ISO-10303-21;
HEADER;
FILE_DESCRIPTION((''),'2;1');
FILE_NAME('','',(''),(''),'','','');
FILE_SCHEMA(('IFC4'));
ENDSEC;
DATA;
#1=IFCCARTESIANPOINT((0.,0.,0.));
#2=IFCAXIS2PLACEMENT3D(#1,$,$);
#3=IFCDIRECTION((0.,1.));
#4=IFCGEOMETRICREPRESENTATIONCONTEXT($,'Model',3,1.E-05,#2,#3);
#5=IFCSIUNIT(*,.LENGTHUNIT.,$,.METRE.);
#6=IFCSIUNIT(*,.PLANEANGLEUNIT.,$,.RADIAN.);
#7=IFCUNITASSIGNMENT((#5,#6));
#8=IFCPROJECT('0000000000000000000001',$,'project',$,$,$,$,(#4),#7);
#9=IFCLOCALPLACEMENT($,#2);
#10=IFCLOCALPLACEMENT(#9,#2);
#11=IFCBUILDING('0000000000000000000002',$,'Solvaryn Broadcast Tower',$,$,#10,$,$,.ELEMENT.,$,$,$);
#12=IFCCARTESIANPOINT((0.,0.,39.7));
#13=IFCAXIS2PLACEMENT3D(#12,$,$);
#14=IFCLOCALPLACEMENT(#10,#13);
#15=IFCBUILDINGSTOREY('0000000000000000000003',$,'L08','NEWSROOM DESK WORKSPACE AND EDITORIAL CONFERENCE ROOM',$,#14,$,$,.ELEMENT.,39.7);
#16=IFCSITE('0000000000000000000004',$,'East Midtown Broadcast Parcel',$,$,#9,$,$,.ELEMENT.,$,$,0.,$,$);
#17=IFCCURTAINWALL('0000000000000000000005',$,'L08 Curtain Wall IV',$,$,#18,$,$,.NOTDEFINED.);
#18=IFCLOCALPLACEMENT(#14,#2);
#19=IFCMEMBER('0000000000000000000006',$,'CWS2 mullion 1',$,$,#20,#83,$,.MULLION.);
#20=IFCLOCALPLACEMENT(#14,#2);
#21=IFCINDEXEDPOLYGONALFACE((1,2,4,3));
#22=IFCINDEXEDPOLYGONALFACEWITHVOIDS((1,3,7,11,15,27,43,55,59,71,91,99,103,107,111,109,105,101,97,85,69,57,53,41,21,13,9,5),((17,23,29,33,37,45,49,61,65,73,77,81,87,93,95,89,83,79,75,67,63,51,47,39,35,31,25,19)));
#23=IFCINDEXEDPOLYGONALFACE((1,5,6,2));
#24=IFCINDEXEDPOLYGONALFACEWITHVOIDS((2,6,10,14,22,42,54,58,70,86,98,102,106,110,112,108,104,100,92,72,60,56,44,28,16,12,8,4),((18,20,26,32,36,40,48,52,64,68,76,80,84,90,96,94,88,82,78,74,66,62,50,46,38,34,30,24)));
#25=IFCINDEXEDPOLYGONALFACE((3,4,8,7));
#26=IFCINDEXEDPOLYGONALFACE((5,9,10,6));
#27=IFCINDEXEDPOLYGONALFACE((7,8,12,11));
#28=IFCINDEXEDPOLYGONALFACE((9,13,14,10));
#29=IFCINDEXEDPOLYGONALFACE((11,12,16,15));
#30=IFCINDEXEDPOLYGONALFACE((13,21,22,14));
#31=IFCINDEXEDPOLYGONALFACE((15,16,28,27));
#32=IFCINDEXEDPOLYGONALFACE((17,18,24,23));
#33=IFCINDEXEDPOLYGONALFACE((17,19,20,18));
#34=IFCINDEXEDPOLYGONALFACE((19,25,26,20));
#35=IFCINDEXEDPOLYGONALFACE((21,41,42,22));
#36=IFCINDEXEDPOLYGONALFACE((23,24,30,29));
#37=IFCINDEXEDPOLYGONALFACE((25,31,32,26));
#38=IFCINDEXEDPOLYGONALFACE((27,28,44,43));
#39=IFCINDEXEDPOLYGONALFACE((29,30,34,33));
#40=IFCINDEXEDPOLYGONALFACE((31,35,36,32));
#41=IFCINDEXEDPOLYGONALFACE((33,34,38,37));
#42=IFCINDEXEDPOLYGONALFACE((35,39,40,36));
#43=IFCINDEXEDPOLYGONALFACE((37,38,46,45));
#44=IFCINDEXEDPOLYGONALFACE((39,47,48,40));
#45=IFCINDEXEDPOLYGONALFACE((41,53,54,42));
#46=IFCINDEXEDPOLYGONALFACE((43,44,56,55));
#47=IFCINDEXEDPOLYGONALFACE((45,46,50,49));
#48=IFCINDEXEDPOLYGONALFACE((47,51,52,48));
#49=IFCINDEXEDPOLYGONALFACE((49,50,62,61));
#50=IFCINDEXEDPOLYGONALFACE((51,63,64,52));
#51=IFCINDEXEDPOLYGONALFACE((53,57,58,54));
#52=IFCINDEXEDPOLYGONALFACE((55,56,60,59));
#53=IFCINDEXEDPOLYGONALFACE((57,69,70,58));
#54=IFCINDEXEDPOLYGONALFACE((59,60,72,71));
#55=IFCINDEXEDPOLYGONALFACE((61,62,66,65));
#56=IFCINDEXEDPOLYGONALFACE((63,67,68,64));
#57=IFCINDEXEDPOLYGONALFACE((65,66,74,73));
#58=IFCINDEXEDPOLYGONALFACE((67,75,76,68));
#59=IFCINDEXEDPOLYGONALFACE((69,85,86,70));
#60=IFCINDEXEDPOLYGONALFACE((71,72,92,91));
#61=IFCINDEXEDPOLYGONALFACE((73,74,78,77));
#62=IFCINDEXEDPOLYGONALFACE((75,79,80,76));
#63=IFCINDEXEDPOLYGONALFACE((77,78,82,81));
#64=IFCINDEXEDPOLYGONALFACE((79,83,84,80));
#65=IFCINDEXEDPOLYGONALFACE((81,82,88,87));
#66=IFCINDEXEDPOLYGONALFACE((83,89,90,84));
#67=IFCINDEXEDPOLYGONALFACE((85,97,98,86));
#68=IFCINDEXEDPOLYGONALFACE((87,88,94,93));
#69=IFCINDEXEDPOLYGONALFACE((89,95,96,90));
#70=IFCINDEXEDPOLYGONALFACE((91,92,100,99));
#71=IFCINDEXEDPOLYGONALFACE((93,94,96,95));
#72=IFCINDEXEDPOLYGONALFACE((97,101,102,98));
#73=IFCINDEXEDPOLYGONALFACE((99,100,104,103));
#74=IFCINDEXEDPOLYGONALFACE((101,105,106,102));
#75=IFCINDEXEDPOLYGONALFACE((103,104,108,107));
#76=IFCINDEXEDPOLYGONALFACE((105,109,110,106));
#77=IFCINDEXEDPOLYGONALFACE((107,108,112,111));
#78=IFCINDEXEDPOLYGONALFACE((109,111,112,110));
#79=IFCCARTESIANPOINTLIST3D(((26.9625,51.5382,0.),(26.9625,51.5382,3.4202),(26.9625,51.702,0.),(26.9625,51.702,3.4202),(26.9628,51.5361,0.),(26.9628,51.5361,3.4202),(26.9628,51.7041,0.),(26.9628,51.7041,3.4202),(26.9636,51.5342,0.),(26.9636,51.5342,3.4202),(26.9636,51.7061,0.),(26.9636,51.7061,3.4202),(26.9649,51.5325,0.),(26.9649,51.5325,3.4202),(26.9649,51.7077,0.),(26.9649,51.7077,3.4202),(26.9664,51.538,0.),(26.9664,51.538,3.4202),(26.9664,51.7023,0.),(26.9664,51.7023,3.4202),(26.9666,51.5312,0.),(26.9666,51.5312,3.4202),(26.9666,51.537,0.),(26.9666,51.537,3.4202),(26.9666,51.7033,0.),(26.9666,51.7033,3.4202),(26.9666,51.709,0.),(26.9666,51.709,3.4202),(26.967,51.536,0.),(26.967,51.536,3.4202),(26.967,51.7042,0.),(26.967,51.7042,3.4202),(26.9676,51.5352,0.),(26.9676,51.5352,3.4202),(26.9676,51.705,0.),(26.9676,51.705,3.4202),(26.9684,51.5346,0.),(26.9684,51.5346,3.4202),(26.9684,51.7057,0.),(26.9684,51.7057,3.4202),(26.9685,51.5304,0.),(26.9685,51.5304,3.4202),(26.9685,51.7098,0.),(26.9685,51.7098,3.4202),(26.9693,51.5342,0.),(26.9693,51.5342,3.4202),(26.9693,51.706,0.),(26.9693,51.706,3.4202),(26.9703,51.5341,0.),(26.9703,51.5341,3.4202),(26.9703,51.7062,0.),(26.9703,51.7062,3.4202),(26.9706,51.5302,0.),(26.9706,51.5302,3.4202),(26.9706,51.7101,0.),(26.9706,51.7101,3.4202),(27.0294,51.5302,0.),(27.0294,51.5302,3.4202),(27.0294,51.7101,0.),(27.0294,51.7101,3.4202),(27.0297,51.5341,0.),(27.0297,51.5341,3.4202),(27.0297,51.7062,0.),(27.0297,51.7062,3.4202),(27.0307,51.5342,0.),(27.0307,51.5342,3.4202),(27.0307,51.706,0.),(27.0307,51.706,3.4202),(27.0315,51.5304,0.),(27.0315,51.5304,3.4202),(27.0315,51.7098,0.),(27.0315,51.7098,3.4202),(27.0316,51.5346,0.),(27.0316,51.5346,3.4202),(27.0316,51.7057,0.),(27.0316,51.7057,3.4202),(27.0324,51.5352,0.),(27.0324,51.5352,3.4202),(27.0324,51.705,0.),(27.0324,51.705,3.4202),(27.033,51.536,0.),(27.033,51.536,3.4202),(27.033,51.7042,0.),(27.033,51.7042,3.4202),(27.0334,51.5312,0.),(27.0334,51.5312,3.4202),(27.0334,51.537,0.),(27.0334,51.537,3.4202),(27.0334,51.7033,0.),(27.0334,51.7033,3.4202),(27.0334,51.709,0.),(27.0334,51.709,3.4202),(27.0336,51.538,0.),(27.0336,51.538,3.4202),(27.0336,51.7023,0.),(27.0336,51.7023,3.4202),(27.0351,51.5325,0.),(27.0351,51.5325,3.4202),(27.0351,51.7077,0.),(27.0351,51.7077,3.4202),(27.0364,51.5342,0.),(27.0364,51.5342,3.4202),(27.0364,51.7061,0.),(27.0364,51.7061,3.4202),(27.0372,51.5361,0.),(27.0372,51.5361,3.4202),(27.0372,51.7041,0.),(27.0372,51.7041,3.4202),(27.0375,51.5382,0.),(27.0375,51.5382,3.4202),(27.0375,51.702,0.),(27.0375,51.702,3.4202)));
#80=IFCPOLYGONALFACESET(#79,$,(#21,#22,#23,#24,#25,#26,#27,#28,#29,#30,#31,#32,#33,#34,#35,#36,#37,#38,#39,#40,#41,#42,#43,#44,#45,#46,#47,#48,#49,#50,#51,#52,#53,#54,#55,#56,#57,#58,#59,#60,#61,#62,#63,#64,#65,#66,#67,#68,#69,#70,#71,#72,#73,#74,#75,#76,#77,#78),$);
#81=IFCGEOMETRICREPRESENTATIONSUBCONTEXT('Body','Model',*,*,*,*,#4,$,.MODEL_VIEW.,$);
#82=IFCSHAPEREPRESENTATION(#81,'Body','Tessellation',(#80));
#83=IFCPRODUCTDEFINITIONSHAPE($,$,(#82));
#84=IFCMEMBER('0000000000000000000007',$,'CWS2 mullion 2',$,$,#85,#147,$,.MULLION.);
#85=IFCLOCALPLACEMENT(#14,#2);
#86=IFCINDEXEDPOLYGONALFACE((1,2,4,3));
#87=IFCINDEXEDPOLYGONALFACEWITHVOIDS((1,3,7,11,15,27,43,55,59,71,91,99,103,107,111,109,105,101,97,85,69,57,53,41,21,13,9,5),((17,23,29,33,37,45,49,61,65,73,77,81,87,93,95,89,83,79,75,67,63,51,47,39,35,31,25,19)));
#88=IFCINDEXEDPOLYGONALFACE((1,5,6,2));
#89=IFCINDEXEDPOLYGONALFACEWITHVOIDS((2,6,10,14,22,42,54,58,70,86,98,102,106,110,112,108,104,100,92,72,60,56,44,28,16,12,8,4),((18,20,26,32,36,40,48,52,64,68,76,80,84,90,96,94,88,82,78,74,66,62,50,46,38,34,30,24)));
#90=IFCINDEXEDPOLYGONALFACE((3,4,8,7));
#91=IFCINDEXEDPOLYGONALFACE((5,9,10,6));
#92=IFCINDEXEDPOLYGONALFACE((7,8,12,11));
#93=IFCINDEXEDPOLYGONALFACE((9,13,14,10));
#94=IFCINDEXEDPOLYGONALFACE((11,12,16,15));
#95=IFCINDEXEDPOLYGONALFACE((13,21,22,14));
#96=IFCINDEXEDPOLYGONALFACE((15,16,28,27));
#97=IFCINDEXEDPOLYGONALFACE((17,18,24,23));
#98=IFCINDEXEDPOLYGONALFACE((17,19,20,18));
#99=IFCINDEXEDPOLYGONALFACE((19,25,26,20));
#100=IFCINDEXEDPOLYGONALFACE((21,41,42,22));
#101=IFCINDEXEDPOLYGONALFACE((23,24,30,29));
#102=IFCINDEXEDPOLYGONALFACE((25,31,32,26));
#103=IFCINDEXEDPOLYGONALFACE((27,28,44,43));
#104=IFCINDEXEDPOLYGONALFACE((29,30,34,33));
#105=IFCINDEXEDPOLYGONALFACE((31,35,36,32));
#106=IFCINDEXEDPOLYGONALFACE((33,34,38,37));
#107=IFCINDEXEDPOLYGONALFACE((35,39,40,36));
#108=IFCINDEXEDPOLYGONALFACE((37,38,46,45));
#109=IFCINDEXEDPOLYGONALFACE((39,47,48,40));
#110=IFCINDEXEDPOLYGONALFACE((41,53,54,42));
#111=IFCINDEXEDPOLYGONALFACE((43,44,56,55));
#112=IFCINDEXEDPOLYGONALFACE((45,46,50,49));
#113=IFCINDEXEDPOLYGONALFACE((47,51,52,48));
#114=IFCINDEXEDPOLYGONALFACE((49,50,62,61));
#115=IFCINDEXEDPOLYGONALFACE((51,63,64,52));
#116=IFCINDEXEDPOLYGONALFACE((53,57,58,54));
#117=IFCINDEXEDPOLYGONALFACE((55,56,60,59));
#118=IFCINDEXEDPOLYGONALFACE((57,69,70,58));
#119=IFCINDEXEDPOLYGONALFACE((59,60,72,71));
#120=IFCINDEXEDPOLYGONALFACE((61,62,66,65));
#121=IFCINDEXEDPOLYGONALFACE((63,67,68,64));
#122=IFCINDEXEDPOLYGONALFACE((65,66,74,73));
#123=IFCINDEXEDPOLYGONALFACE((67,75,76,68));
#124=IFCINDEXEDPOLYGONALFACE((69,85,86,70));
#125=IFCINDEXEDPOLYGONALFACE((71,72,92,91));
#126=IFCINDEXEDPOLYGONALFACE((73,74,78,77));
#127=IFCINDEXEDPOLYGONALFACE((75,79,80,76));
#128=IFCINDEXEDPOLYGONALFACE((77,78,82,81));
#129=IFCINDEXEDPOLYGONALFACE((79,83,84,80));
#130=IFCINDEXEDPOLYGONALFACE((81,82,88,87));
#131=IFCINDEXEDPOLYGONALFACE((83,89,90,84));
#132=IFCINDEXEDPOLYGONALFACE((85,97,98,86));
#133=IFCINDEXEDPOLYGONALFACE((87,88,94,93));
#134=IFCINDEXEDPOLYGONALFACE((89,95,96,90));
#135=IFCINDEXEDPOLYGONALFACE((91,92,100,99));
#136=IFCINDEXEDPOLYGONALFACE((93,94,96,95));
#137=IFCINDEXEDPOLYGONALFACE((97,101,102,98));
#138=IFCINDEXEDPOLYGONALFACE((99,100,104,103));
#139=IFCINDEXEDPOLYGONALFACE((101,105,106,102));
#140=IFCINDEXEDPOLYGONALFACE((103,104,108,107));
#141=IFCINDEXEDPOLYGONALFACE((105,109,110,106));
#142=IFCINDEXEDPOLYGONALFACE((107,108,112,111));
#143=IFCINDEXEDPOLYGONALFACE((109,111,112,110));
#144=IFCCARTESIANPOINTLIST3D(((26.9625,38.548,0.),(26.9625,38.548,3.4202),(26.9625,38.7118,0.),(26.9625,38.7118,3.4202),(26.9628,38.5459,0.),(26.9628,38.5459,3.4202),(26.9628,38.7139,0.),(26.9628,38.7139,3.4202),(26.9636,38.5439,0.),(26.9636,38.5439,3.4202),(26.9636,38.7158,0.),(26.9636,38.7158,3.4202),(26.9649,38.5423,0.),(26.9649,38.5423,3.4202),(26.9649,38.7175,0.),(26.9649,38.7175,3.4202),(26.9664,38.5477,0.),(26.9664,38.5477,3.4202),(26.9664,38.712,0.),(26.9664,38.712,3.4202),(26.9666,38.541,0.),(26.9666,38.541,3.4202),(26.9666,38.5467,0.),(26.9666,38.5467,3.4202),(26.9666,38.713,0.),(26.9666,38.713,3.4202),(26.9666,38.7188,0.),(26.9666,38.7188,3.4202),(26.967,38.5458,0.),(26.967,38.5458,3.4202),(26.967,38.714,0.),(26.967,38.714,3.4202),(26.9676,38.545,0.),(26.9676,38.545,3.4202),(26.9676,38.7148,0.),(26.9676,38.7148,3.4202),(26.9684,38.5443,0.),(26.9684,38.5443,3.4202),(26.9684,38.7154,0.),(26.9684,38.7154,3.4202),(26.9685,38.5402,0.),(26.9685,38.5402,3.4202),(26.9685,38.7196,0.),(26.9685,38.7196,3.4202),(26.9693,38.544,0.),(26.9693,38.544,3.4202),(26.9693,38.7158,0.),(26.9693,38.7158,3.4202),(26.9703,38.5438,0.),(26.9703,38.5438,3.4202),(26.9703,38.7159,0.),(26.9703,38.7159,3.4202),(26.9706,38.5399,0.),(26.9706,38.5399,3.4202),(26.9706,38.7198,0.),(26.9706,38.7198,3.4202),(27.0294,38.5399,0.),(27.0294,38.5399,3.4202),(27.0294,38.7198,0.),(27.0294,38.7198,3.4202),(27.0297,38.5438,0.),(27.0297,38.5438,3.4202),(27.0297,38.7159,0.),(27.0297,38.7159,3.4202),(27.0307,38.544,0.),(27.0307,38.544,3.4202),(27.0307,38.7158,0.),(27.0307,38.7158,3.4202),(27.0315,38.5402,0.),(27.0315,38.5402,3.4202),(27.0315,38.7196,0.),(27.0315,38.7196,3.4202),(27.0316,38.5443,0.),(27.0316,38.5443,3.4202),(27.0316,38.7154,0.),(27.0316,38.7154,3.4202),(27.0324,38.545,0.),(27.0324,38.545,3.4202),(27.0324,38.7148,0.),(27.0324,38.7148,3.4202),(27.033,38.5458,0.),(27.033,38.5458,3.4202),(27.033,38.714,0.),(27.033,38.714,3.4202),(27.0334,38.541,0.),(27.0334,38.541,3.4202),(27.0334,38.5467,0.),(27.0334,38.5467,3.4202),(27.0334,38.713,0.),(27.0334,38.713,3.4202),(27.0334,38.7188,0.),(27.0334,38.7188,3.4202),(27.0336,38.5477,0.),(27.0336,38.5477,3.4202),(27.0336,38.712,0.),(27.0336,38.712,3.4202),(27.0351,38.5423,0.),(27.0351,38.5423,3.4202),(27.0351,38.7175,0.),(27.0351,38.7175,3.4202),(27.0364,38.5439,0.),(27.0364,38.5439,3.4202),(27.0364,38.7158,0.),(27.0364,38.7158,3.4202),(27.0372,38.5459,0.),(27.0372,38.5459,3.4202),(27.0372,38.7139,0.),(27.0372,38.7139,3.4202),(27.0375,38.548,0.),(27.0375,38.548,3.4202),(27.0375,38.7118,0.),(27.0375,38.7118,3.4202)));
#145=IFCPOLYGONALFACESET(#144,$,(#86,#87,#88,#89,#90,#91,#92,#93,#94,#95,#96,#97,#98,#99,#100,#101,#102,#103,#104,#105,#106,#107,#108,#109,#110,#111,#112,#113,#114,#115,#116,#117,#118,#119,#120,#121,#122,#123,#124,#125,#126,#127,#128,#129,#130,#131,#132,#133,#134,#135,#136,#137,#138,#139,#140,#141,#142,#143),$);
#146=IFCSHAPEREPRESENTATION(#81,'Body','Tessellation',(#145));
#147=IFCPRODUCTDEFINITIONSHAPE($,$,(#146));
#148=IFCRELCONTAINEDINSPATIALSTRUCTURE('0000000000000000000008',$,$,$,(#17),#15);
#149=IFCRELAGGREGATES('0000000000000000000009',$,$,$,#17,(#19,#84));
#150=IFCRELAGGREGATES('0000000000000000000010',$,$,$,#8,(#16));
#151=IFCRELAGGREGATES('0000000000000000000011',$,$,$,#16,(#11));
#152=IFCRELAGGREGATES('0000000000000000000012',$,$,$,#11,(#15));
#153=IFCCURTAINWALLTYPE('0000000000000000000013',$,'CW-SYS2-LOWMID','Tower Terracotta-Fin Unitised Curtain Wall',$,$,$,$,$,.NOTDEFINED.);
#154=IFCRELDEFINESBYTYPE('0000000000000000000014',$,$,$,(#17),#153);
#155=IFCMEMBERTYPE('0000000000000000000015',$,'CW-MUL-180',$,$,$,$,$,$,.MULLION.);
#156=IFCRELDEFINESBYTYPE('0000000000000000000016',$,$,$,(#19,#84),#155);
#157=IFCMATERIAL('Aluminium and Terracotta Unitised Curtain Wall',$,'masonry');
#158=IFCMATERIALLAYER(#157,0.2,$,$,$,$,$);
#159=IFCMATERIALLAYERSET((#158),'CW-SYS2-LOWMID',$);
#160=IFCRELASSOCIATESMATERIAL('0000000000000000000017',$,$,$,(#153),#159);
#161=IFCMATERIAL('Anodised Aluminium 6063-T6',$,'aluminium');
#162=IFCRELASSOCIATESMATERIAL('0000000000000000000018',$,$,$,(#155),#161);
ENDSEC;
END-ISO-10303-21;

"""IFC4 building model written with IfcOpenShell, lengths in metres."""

from ifc_helpers import new_model, si_unit, direction, frame, origin, origin_2d, place, context, subcontext, project, spatial, hollow_rectangle, extrude, material, layer, layer_set, material_profile, profile_set, type_object, element, aggregate, save


model = new_model("IFC4")

# Units and contexts
model_context = context("Model", 3, precision=1e-05, world=origin(), true_north=direction((0.0, 1.0)))
body_context = subcontext(model_context, "Body", "Model", "MODEL_VIEW")
ifc_project = project(units=[si_unit("LENGTHUNIT", "METRE"), si_unit("PLANEANGLEUNIT", "RADIAN")], contexts=[model_context])

# Site, building, storey
site_placement = place(None, origin())
site = spatial("IfcSite", under=ifc_project, at=site_placement, Name="East Midtown Broadcast Parcel", CompositionType="ELEMENT", RefElevation=0.0)
building_placement = place(site_placement, origin())
building = spatial("IfcBuilding", under=site, at=building_placement, Name="Solvaryn Broadcast Tower", CompositionType="ELEMENT")
storey_placement = place(building_placement, frame((0.0, 0.0, 39.7)))
storey = spatial("IfcBuildingStorey", under=building, at=storey_placement, Name="L08", Description="NEWSROOM DESK WORKSPACE AND EDITORIAL CONFERENCE ROOM", CompositionType="ELEMENT", Elevation=39.7)

# Curtain wall, members
ifc_material_1 = material(Name="Aluminium and Terracotta Unitised Curtain Wall", Category="masonry")
ifc_layer_1 = layer(ifc_material_1, 0.2)
ifc_layer_set_1 = layer_set([ifc_layer_1], Name="CW-SYS2-LOWMID")
curtain_wall_type = type_object("IfcCurtainWallType", Name="CW-SYS2-LOWMID", Description="Tower Terracotta-Fin Unitised Curtain Wall", PredefinedType="NOTDEFINED", material=ifc_layer_set_1)
curtain_wall_1_placement = place(storey_placement, origin())
curtain_wall_1 = element("IfcCurtainWall", 1, at=curtain_wall_1_placement, inside=storey, type_object=curtain_wall_type, Name="L08 Curtain Wall IV", PredefinedType="NOTDEFINED")
ifc_material_2 = material(Name="Anodised Aluminium 6063-T6", Category="aluminium")
ifc_material_profile_1 = material_profile(ifc_material_2, hollow_rectangle(XDim=0.075, YDim=0.1799, WallThickness=0.0039, InnerFilletRadius=0.0039, OuterFilletRadius=0.0081, at=origin_2d()))
ifc_profile_set_1 = profile_set([ifc_material_profile_1], Name="Anodised Aluminium 6063-T6")
member_type_1 = type_object("IfcMemberType", Name="CW-MUL-180", PredefinedType="MULLION", material=ifc_profile_set_1)
member_1_placement = place(storey_placement, frame((27.0, 51.6201, 0.0), z_axis=(0.0, 0.0, 1.0), x_axis=(1.0, 0.0, 0.0)))
member_1 = element("IfcMember", 2, at=member_1_placement, type_object=member_type_1, Name="CWS2 mullion 1", PredefinedType="MULLION", context=body_context, shape_type="SweptSolid", body=[
    extrude(hollow_rectangle(XDim=0.075, YDim=0.1799, WallThickness=0.0039, InnerFilletRadius=0.0039, OuterFilletRadius=0.0081, at=origin_2d()), origin(), (0.0, 0.0, 1.0), 3.4202),
])
member_2_placement = place(storey_placement, frame((27.0, 38.6299, 0.0), z_axis=(0.0, 0.0, 1.0), x_axis=(1.0, 0.0, 0.0)))
member_2 = element("IfcMember", 3, at=member_2_placement, type_object=member_type_1, Name="CWS2 mullion 2", PredefinedType="MULLION", context=body_context, shape_type="SweptSolid", body=[
    extrude(hollow_rectangle(XDim=0.075, YDim=0.1799, WallThickness=0.0039, InnerFilletRadius=0.0039, OuterFilletRadius=0.0081, at=origin_2d()), origin(), (0.0, 0.0, 1.0), 3.4202),
])

aggregate(curtain_wall_1, [member_1, member_2])

save(model, "model.ifc")
